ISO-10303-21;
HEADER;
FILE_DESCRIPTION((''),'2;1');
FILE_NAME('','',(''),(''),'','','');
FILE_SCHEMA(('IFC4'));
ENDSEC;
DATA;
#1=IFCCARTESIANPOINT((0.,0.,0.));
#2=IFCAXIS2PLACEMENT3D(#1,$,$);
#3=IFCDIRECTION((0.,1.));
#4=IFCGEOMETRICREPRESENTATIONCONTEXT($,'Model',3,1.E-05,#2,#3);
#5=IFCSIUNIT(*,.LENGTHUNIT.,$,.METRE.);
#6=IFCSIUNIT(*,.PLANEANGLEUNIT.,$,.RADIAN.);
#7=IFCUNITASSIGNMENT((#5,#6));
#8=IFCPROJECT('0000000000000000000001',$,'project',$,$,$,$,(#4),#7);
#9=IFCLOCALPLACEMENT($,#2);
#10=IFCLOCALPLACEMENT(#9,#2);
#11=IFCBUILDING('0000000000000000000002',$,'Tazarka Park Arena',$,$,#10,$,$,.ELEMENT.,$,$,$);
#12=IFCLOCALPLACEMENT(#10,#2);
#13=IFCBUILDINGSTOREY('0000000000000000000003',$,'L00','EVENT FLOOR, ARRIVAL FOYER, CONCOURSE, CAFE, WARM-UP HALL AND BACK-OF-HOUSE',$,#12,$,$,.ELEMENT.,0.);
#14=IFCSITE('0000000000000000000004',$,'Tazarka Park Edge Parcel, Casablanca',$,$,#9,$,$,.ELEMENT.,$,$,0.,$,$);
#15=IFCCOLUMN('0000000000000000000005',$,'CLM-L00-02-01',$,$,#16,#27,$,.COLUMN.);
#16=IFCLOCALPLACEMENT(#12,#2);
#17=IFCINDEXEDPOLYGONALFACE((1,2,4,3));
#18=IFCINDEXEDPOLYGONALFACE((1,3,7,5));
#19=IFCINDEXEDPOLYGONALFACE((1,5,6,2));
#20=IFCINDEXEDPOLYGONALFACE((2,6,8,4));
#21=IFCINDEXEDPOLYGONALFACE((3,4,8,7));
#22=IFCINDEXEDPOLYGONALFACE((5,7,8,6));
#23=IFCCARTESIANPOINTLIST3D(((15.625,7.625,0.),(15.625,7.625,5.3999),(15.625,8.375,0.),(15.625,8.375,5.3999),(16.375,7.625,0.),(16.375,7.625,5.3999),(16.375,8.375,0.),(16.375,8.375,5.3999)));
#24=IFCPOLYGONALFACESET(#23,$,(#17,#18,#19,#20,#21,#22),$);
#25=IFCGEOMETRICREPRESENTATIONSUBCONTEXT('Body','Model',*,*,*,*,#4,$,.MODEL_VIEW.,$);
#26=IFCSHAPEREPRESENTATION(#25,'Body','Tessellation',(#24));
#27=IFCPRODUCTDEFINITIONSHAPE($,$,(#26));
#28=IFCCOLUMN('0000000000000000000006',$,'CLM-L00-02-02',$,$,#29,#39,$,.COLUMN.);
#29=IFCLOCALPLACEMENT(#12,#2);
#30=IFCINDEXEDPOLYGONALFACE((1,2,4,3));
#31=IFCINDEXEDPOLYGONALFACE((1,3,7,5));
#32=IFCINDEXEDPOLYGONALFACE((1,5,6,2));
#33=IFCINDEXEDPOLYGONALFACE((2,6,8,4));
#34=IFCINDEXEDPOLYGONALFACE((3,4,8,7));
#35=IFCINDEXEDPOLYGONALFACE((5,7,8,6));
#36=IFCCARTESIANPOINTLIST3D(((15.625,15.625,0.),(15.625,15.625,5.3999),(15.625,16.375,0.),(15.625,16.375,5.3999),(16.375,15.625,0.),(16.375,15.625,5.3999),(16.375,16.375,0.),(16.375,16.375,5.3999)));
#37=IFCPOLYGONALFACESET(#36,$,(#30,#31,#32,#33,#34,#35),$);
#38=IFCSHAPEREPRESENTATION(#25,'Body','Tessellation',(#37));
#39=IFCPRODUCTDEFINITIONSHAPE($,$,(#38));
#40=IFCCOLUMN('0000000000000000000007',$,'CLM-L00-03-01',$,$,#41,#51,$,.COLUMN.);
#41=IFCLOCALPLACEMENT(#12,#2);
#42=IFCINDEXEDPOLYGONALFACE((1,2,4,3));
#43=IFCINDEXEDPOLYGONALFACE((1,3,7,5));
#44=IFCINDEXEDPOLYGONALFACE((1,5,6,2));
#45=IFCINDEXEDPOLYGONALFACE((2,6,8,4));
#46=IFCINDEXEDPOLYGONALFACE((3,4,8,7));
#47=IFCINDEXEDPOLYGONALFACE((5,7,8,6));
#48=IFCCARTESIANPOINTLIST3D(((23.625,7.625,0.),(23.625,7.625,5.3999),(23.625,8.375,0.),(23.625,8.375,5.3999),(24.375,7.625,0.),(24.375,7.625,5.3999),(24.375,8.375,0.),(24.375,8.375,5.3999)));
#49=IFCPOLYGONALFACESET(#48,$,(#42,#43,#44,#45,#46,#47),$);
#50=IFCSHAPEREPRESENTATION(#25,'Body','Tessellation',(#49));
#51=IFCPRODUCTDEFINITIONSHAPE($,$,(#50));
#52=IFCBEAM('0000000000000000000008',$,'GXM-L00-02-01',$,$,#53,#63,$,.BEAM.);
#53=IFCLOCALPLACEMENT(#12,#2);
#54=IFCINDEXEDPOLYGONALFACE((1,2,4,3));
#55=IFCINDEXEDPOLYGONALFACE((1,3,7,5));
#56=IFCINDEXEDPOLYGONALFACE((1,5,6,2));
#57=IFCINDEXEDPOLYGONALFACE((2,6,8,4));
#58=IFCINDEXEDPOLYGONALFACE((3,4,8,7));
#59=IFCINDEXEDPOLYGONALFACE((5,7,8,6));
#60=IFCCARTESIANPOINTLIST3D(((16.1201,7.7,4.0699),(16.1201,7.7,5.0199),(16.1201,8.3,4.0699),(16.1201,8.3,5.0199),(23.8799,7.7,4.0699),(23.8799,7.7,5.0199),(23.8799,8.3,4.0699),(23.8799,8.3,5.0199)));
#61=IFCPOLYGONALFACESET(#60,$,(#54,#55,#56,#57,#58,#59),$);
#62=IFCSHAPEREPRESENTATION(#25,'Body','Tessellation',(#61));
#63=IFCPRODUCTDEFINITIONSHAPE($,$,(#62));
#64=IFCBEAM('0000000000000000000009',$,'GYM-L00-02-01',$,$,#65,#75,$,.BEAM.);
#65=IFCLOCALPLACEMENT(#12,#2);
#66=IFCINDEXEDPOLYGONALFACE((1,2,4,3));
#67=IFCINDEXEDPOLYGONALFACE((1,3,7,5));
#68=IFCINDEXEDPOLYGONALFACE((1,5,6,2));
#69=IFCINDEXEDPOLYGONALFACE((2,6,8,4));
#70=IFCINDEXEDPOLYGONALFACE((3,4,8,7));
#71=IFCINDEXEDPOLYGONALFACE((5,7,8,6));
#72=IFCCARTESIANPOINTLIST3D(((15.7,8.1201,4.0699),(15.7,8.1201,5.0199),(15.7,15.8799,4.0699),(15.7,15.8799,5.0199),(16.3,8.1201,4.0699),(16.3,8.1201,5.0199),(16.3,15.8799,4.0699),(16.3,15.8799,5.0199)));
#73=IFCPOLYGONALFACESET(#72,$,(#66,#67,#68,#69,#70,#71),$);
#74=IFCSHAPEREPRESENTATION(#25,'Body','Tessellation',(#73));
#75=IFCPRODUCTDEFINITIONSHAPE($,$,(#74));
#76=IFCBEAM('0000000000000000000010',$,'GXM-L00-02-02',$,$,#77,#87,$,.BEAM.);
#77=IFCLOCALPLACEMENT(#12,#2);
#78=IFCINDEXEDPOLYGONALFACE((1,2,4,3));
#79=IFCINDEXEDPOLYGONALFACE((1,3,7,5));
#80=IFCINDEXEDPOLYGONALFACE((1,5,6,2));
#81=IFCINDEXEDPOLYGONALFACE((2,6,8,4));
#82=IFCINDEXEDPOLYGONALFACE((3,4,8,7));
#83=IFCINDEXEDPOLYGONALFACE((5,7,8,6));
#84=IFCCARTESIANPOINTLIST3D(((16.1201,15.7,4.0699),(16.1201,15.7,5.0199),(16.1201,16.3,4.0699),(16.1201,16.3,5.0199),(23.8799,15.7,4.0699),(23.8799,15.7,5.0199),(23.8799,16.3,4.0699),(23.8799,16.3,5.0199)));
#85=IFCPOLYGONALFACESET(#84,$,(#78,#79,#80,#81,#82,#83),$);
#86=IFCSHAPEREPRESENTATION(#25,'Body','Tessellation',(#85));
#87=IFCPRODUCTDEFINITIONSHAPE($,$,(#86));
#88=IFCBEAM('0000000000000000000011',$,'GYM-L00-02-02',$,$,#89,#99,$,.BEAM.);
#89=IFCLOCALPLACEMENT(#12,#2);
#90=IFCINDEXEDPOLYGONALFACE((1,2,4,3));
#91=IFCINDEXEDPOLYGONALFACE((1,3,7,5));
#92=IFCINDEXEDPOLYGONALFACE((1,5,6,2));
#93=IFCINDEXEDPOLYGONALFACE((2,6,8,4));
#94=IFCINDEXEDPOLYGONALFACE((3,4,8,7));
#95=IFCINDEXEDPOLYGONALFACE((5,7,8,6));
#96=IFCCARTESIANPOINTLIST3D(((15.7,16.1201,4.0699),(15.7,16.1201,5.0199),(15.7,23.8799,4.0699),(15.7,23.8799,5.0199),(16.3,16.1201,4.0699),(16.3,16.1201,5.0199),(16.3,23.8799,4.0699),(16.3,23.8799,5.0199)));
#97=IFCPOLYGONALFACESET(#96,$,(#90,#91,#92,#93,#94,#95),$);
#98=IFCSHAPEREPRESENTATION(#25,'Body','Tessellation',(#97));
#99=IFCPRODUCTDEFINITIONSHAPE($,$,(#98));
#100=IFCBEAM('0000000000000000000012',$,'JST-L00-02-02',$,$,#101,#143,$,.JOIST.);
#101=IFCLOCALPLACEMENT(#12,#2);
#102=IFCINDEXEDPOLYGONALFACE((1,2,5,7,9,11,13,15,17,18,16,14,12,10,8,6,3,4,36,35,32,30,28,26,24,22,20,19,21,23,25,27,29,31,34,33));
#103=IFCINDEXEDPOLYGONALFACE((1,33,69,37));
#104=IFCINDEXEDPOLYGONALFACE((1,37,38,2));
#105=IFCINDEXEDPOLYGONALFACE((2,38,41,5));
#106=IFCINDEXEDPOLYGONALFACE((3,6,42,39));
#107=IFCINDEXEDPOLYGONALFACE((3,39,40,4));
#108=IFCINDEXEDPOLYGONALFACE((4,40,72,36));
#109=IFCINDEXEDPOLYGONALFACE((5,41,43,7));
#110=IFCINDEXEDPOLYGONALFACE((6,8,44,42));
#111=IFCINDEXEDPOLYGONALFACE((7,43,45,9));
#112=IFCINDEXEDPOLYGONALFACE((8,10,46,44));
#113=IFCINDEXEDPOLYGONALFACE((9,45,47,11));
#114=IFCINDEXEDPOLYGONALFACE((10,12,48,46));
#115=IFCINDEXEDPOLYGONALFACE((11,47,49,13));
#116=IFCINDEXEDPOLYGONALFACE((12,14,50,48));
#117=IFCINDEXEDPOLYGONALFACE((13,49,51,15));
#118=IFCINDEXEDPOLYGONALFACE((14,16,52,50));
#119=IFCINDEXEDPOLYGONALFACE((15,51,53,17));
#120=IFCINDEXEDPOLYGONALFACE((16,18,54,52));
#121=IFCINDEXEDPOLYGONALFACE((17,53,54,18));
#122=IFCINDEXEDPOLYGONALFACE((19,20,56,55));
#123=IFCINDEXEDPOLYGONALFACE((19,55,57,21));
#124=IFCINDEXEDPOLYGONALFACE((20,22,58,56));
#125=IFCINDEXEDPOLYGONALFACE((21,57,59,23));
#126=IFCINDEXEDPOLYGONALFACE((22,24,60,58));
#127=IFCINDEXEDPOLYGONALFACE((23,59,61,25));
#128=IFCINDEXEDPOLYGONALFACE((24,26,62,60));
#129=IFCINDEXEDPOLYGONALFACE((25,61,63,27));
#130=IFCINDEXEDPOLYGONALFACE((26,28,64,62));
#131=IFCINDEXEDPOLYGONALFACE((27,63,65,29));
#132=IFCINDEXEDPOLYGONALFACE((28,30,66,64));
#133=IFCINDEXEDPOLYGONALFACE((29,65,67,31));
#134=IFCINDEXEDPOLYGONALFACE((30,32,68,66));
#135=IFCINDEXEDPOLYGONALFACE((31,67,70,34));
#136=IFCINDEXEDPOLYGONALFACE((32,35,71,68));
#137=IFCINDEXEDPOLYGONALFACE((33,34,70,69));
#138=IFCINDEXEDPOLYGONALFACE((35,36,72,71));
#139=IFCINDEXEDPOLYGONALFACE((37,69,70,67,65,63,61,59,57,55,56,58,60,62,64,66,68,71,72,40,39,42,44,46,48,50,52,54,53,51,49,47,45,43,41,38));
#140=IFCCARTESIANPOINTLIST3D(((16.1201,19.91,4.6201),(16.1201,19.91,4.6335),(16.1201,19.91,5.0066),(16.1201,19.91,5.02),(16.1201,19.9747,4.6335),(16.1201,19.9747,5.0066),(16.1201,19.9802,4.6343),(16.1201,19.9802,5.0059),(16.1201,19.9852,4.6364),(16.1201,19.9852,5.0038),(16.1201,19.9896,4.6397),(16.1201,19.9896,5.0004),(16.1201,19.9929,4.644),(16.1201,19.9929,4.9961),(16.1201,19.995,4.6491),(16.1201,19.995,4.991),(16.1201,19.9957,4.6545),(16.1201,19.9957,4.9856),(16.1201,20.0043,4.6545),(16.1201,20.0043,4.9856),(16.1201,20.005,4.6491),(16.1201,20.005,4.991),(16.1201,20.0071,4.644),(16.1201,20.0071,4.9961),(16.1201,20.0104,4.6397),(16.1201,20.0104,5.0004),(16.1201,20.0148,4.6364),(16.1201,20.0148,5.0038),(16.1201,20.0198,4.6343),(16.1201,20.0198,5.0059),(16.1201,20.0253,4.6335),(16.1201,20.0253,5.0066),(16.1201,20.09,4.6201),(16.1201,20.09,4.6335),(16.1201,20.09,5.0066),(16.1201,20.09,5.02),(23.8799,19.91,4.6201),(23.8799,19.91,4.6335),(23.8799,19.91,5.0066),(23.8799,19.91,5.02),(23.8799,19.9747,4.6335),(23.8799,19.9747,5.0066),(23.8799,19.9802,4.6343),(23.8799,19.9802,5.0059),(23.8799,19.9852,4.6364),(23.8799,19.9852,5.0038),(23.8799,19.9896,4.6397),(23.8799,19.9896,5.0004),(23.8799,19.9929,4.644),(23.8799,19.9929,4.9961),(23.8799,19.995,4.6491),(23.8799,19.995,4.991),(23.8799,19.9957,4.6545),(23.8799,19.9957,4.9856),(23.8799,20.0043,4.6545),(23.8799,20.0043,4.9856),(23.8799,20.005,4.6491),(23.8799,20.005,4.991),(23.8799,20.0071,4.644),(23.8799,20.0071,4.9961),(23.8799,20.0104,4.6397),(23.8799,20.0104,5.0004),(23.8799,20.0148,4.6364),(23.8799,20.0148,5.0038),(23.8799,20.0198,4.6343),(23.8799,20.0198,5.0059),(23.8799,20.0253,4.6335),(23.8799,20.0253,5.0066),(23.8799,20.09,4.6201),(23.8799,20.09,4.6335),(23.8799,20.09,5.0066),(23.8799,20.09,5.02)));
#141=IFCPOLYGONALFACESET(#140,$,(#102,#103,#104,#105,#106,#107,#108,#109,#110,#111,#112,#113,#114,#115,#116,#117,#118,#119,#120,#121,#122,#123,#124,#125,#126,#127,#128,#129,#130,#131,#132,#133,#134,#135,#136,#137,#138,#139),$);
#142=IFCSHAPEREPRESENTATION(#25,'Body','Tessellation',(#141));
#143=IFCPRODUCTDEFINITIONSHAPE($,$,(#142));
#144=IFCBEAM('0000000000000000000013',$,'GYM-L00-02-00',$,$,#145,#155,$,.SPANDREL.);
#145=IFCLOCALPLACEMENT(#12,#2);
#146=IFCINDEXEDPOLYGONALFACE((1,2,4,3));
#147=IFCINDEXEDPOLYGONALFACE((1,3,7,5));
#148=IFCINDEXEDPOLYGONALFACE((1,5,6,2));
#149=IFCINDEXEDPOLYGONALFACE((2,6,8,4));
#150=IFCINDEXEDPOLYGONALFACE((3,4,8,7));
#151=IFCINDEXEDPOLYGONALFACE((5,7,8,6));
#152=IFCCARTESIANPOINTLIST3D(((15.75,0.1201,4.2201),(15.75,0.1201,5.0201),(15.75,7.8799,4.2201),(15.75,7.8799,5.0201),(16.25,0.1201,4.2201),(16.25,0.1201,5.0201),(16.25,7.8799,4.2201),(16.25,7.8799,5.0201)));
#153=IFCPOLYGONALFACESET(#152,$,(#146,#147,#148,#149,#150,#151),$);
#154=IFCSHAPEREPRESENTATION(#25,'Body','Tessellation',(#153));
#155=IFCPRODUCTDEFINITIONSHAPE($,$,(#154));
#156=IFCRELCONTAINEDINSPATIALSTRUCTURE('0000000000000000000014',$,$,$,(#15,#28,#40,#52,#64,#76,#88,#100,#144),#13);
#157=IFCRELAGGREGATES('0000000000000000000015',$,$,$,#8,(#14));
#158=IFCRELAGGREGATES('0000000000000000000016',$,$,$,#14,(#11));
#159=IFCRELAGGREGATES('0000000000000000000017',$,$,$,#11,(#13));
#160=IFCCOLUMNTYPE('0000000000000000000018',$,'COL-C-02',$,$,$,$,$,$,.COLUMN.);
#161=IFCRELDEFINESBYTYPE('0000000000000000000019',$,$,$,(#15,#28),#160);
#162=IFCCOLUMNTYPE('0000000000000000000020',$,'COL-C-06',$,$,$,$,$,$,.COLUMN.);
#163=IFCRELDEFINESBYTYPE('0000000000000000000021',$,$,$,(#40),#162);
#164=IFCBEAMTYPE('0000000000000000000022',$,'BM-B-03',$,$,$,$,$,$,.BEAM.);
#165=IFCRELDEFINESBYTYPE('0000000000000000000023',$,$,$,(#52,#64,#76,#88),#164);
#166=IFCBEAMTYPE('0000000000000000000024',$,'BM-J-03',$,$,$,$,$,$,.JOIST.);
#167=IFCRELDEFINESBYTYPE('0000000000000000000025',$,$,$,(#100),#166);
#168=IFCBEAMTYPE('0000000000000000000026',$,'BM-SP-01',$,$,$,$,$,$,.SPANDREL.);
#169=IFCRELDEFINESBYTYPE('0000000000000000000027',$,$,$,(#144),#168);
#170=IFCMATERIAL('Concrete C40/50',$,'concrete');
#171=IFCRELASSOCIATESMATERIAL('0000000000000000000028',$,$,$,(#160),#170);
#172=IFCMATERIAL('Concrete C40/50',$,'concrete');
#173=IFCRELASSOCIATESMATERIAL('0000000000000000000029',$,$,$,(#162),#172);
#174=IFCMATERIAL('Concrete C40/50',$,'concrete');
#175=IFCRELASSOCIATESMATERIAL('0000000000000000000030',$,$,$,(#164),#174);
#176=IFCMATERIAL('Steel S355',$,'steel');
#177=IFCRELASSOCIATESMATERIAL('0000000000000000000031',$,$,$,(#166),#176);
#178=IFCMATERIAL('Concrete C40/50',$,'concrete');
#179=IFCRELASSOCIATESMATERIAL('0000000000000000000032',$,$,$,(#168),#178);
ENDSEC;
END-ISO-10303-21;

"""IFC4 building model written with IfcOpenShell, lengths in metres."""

from ifc_helpers import new_model, si_unit, direction, frame, origin, origin_2d, place, context, subcontext, project, spatial, rectangle, i_section, extrude, material, material_profile, profile_set, type_object, element, save


model = new_model("IFC4")

# Units and contexts
model_context = context("Model", 3, precision=1e-05, world=origin(), true_north=direction((0.0, 1.0)))
body_context = subcontext(model_context, "Body", "Model", "MODEL_VIEW")
ifc_project = project(units=[si_unit("LENGTHUNIT", "METRE"), si_unit("PLANEANGLEUNIT", "RADIAN")], contexts=[model_context])

# Site, building, storey
site_placement = place(None, origin())
site = spatial("IfcSite", under=ifc_project, at=site_placement, Name="Tazarka Park Edge Parcel, Casablanca", CompositionType="ELEMENT", RefElevation=0.0)
building_placement = place(site_placement, origin())
building = spatial("IfcBuilding", under=site, at=building_placement, Name="Tazarka Park Arena", CompositionType="ELEMENT")
storey_placement = place(building_placement, origin())
storey = spatial("IfcBuildingStorey", under=building, at=storey_placement, Name="L00", Description="EVENT FLOOR, ARRIVAL FOYER, CONCOURSE, CAFE, WARM-UP HALL AND BACK-OF-HOUSE", CompositionType="ELEMENT", Elevation=0.0)

# Columns
ifc_material_1 = material(Name="Concrete C40/50", Category="concrete")
ifc_material_profile_1 = material_profile(ifc_material_1, rectangle(XDim=0.75, YDim=0.75, at=origin_2d()), Name="Concrete C40/50")
ifc_profile_set_1 = profile_set([ifc_material_profile_1], Name="Concrete C40/50")
column_type_1 = type_object("IfcColumnType", Name="COL-C-02", PredefinedType="COLUMN", material=ifc_profile_set_1)
for number, where, z_axis, x_axis, name in (
    (1, (16.0, 8.0, 0.0), (0.0, 0.0, 1.0), (1.0, 0.0, 0.0), "CLM-L00-02-01"),
    (2, (16.0, 16.0, 0.0), (0.0, 0.0, 1.0), (1.0, 0.0, 0.0), "CLM-L00-02-02"),
):
    element("IfcColumn", number, at=place(storey_placement, frame(where, z_axis=z_axis, x_axis=x_axis)), inside=storey, type_object=column_type_1, Name=name, PredefinedType="COLUMN", context=body_context, shape_type="SweptSolid", body=[
        extrude(rectangle(XDim=0.75, YDim=0.75, at=origin_2d()), origin(), (0.0, 0.0, 1.0), 5.3999),
    ])
ifc_material_2 = material(Name="Concrete C40/50", Category="concrete")
ifc_material_profile_2 = material_profile(ifc_material_2, rectangle(XDim=0.75, YDim=0.75, at=origin_2d()), Name="Concrete C40/50")
ifc_profile_set_2 = profile_set([ifc_material_profile_2], Name="Concrete C40/50")
column_type_2 = type_object("IfcColumnType", Name="COL-C-06", PredefinedType="COLUMN", material=ifc_profile_set_2)
column_placement = place(storey_placement, frame((24.0, 8.0, 0.0), z_axis=(0.0, 0.0, 1.0), x_axis=(1.0, 0.0, 0.0)))
element("IfcColumn", 3, at=column_placement, inside=storey, type_object=column_type_2, Name="CLM-L00-03-01", PredefinedType="COLUMN", context=body_context, shape_type="SweptSolid", body=[
    extrude(rectangle(XDim=0.75, YDim=0.75, at=origin_2d()), origin(), (0.0, 0.0, 1.0), 5.3999),
])

# Beams
ifc_material_3 = material(Name="Concrete C40/50", Category="concrete")
ifc_material_profile_3 = material_profile(ifc_material_3, rectangle(XDim=0.6001, YDim=0.95, at=origin_2d()), Name="Concrete C40/50")
ifc_profile_set_3 = profile_set([ifc_material_profile_3], Name="Concrete C40/50")
beam_type_1 = type_object("IfcBeamType", Name="BM-B-03", PredefinedType="BEAM", material=ifc_profile_set_3)
for number, where, z_axis, x_axis, name in (
    (4, (16.1201, 8.0, 4.5449), (1.0, 0.0, 0.0), (0.0, 1.0, 0.0), "GXM-L00-02-01"),
    (5, (16.0, 8.1201, 4.5449), (0.0, 1.0, 0.0), (-1.0, 0.0, 0.0), "GYM-L00-02-01"),
    (6, (16.1201, 16.0, 4.5449), (1.0, 0.0, 0.0), (0.0, 1.0, 0.0), "GXM-L00-02-02"),
    (7, (16.0, 16.1201, 4.5449), (0.0, 1.0, 0.0), (-1.0, 0.0, 0.0), "GYM-L00-02-02"),
):
    element("IfcBeam", number, at=place(storey_placement, frame(where, z_axis=z_axis, x_axis=x_axis)), inside=storey, type_object=beam_type_1, Name=name, PredefinedType="BEAM", context=body_context, shape_type="SweptSolid", body=[
        extrude(rectangle(XDim=0.6001, YDim=0.95, at=origin_2d()), origin(), (0.0, 0.0, 1.0), 7.7598),
    ])
ifc_material_4 = material(Name="Steel S355", Category="steel")
ifc_material_profile_4 = material_profile(ifc_material_4, i_section(OverallWidth=0.1799, OverallDepth=0.3999, WebThickness=0.0085, FlangeThickness=0.0134, FilletRadius=0.021, at=origin_2d()), Name="Steel S355")
ifc_profile_set_4 = profile_set([ifc_material_profile_4], Name="Steel S355")
beam_type_2 = type_object("IfcBeamType", Name="BM-J-03", PredefinedType="JOIST", material=ifc_profile_set_4)
beam_1_placement = place(storey_placement, frame((16.1201, 20.0, 4.8201), z_axis=(1.0, 0.0, 0.0), x_axis=(0.0, 1.0, 0.0)))
element("IfcBeam", 8, at=beam_1_placement, inside=storey, type_object=beam_type_2, Name="JST-L00-02-02", PredefinedType="JOIST", context=body_context, shape_type="SweptSolid", body=[
    extrude(i_section(OverallWidth=0.1799, OverallDepth=0.3999, WebThickness=0.0085, FlangeThickness=0.0134, FilletRadius=0.021, at=origin_2d()), origin(), (0.0, 0.0, 1.0), 7.7598),
])
ifc_material_5 = material(Name="Concrete C40/50", Category="concrete")
ifc_material_profile_5 = material_profile(ifc_material_5, rectangle(XDim=0.5, YDim=0.8, at=origin_2d()), Name="Concrete C40/50")
ifc_profile_set_5 = profile_set([ifc_material_profile_5], Name="Concrete C40/50")
beam_type_3 = type_object("IfcBeamType", Name="BM-SP-01", PredefinedType="SPANDREL", material=ifc_profile_set_5)
beam_2_placement = place(storey_placement, frame((16.0, 0.1201, 4.6201), z_axis=(0.0, 1.0, 0.0), x_axis=(-1.0, 0.0, 0.0)))
element("IfcBeam", 9, at=beam_2_placement, inside=storey, type_object=beam_type_3, Name="GYM-L00-02-00", PredefinedType="SPANDREL", context=body_context, shape_type="SweptSolid", body=[
    extrude(rectangle(XDim=0.5, YDim=0.8, at=origin_2d()), origin(), (0.0, 0.0, 1.0), 7.7598),
])

save(model, "model.ifc")
